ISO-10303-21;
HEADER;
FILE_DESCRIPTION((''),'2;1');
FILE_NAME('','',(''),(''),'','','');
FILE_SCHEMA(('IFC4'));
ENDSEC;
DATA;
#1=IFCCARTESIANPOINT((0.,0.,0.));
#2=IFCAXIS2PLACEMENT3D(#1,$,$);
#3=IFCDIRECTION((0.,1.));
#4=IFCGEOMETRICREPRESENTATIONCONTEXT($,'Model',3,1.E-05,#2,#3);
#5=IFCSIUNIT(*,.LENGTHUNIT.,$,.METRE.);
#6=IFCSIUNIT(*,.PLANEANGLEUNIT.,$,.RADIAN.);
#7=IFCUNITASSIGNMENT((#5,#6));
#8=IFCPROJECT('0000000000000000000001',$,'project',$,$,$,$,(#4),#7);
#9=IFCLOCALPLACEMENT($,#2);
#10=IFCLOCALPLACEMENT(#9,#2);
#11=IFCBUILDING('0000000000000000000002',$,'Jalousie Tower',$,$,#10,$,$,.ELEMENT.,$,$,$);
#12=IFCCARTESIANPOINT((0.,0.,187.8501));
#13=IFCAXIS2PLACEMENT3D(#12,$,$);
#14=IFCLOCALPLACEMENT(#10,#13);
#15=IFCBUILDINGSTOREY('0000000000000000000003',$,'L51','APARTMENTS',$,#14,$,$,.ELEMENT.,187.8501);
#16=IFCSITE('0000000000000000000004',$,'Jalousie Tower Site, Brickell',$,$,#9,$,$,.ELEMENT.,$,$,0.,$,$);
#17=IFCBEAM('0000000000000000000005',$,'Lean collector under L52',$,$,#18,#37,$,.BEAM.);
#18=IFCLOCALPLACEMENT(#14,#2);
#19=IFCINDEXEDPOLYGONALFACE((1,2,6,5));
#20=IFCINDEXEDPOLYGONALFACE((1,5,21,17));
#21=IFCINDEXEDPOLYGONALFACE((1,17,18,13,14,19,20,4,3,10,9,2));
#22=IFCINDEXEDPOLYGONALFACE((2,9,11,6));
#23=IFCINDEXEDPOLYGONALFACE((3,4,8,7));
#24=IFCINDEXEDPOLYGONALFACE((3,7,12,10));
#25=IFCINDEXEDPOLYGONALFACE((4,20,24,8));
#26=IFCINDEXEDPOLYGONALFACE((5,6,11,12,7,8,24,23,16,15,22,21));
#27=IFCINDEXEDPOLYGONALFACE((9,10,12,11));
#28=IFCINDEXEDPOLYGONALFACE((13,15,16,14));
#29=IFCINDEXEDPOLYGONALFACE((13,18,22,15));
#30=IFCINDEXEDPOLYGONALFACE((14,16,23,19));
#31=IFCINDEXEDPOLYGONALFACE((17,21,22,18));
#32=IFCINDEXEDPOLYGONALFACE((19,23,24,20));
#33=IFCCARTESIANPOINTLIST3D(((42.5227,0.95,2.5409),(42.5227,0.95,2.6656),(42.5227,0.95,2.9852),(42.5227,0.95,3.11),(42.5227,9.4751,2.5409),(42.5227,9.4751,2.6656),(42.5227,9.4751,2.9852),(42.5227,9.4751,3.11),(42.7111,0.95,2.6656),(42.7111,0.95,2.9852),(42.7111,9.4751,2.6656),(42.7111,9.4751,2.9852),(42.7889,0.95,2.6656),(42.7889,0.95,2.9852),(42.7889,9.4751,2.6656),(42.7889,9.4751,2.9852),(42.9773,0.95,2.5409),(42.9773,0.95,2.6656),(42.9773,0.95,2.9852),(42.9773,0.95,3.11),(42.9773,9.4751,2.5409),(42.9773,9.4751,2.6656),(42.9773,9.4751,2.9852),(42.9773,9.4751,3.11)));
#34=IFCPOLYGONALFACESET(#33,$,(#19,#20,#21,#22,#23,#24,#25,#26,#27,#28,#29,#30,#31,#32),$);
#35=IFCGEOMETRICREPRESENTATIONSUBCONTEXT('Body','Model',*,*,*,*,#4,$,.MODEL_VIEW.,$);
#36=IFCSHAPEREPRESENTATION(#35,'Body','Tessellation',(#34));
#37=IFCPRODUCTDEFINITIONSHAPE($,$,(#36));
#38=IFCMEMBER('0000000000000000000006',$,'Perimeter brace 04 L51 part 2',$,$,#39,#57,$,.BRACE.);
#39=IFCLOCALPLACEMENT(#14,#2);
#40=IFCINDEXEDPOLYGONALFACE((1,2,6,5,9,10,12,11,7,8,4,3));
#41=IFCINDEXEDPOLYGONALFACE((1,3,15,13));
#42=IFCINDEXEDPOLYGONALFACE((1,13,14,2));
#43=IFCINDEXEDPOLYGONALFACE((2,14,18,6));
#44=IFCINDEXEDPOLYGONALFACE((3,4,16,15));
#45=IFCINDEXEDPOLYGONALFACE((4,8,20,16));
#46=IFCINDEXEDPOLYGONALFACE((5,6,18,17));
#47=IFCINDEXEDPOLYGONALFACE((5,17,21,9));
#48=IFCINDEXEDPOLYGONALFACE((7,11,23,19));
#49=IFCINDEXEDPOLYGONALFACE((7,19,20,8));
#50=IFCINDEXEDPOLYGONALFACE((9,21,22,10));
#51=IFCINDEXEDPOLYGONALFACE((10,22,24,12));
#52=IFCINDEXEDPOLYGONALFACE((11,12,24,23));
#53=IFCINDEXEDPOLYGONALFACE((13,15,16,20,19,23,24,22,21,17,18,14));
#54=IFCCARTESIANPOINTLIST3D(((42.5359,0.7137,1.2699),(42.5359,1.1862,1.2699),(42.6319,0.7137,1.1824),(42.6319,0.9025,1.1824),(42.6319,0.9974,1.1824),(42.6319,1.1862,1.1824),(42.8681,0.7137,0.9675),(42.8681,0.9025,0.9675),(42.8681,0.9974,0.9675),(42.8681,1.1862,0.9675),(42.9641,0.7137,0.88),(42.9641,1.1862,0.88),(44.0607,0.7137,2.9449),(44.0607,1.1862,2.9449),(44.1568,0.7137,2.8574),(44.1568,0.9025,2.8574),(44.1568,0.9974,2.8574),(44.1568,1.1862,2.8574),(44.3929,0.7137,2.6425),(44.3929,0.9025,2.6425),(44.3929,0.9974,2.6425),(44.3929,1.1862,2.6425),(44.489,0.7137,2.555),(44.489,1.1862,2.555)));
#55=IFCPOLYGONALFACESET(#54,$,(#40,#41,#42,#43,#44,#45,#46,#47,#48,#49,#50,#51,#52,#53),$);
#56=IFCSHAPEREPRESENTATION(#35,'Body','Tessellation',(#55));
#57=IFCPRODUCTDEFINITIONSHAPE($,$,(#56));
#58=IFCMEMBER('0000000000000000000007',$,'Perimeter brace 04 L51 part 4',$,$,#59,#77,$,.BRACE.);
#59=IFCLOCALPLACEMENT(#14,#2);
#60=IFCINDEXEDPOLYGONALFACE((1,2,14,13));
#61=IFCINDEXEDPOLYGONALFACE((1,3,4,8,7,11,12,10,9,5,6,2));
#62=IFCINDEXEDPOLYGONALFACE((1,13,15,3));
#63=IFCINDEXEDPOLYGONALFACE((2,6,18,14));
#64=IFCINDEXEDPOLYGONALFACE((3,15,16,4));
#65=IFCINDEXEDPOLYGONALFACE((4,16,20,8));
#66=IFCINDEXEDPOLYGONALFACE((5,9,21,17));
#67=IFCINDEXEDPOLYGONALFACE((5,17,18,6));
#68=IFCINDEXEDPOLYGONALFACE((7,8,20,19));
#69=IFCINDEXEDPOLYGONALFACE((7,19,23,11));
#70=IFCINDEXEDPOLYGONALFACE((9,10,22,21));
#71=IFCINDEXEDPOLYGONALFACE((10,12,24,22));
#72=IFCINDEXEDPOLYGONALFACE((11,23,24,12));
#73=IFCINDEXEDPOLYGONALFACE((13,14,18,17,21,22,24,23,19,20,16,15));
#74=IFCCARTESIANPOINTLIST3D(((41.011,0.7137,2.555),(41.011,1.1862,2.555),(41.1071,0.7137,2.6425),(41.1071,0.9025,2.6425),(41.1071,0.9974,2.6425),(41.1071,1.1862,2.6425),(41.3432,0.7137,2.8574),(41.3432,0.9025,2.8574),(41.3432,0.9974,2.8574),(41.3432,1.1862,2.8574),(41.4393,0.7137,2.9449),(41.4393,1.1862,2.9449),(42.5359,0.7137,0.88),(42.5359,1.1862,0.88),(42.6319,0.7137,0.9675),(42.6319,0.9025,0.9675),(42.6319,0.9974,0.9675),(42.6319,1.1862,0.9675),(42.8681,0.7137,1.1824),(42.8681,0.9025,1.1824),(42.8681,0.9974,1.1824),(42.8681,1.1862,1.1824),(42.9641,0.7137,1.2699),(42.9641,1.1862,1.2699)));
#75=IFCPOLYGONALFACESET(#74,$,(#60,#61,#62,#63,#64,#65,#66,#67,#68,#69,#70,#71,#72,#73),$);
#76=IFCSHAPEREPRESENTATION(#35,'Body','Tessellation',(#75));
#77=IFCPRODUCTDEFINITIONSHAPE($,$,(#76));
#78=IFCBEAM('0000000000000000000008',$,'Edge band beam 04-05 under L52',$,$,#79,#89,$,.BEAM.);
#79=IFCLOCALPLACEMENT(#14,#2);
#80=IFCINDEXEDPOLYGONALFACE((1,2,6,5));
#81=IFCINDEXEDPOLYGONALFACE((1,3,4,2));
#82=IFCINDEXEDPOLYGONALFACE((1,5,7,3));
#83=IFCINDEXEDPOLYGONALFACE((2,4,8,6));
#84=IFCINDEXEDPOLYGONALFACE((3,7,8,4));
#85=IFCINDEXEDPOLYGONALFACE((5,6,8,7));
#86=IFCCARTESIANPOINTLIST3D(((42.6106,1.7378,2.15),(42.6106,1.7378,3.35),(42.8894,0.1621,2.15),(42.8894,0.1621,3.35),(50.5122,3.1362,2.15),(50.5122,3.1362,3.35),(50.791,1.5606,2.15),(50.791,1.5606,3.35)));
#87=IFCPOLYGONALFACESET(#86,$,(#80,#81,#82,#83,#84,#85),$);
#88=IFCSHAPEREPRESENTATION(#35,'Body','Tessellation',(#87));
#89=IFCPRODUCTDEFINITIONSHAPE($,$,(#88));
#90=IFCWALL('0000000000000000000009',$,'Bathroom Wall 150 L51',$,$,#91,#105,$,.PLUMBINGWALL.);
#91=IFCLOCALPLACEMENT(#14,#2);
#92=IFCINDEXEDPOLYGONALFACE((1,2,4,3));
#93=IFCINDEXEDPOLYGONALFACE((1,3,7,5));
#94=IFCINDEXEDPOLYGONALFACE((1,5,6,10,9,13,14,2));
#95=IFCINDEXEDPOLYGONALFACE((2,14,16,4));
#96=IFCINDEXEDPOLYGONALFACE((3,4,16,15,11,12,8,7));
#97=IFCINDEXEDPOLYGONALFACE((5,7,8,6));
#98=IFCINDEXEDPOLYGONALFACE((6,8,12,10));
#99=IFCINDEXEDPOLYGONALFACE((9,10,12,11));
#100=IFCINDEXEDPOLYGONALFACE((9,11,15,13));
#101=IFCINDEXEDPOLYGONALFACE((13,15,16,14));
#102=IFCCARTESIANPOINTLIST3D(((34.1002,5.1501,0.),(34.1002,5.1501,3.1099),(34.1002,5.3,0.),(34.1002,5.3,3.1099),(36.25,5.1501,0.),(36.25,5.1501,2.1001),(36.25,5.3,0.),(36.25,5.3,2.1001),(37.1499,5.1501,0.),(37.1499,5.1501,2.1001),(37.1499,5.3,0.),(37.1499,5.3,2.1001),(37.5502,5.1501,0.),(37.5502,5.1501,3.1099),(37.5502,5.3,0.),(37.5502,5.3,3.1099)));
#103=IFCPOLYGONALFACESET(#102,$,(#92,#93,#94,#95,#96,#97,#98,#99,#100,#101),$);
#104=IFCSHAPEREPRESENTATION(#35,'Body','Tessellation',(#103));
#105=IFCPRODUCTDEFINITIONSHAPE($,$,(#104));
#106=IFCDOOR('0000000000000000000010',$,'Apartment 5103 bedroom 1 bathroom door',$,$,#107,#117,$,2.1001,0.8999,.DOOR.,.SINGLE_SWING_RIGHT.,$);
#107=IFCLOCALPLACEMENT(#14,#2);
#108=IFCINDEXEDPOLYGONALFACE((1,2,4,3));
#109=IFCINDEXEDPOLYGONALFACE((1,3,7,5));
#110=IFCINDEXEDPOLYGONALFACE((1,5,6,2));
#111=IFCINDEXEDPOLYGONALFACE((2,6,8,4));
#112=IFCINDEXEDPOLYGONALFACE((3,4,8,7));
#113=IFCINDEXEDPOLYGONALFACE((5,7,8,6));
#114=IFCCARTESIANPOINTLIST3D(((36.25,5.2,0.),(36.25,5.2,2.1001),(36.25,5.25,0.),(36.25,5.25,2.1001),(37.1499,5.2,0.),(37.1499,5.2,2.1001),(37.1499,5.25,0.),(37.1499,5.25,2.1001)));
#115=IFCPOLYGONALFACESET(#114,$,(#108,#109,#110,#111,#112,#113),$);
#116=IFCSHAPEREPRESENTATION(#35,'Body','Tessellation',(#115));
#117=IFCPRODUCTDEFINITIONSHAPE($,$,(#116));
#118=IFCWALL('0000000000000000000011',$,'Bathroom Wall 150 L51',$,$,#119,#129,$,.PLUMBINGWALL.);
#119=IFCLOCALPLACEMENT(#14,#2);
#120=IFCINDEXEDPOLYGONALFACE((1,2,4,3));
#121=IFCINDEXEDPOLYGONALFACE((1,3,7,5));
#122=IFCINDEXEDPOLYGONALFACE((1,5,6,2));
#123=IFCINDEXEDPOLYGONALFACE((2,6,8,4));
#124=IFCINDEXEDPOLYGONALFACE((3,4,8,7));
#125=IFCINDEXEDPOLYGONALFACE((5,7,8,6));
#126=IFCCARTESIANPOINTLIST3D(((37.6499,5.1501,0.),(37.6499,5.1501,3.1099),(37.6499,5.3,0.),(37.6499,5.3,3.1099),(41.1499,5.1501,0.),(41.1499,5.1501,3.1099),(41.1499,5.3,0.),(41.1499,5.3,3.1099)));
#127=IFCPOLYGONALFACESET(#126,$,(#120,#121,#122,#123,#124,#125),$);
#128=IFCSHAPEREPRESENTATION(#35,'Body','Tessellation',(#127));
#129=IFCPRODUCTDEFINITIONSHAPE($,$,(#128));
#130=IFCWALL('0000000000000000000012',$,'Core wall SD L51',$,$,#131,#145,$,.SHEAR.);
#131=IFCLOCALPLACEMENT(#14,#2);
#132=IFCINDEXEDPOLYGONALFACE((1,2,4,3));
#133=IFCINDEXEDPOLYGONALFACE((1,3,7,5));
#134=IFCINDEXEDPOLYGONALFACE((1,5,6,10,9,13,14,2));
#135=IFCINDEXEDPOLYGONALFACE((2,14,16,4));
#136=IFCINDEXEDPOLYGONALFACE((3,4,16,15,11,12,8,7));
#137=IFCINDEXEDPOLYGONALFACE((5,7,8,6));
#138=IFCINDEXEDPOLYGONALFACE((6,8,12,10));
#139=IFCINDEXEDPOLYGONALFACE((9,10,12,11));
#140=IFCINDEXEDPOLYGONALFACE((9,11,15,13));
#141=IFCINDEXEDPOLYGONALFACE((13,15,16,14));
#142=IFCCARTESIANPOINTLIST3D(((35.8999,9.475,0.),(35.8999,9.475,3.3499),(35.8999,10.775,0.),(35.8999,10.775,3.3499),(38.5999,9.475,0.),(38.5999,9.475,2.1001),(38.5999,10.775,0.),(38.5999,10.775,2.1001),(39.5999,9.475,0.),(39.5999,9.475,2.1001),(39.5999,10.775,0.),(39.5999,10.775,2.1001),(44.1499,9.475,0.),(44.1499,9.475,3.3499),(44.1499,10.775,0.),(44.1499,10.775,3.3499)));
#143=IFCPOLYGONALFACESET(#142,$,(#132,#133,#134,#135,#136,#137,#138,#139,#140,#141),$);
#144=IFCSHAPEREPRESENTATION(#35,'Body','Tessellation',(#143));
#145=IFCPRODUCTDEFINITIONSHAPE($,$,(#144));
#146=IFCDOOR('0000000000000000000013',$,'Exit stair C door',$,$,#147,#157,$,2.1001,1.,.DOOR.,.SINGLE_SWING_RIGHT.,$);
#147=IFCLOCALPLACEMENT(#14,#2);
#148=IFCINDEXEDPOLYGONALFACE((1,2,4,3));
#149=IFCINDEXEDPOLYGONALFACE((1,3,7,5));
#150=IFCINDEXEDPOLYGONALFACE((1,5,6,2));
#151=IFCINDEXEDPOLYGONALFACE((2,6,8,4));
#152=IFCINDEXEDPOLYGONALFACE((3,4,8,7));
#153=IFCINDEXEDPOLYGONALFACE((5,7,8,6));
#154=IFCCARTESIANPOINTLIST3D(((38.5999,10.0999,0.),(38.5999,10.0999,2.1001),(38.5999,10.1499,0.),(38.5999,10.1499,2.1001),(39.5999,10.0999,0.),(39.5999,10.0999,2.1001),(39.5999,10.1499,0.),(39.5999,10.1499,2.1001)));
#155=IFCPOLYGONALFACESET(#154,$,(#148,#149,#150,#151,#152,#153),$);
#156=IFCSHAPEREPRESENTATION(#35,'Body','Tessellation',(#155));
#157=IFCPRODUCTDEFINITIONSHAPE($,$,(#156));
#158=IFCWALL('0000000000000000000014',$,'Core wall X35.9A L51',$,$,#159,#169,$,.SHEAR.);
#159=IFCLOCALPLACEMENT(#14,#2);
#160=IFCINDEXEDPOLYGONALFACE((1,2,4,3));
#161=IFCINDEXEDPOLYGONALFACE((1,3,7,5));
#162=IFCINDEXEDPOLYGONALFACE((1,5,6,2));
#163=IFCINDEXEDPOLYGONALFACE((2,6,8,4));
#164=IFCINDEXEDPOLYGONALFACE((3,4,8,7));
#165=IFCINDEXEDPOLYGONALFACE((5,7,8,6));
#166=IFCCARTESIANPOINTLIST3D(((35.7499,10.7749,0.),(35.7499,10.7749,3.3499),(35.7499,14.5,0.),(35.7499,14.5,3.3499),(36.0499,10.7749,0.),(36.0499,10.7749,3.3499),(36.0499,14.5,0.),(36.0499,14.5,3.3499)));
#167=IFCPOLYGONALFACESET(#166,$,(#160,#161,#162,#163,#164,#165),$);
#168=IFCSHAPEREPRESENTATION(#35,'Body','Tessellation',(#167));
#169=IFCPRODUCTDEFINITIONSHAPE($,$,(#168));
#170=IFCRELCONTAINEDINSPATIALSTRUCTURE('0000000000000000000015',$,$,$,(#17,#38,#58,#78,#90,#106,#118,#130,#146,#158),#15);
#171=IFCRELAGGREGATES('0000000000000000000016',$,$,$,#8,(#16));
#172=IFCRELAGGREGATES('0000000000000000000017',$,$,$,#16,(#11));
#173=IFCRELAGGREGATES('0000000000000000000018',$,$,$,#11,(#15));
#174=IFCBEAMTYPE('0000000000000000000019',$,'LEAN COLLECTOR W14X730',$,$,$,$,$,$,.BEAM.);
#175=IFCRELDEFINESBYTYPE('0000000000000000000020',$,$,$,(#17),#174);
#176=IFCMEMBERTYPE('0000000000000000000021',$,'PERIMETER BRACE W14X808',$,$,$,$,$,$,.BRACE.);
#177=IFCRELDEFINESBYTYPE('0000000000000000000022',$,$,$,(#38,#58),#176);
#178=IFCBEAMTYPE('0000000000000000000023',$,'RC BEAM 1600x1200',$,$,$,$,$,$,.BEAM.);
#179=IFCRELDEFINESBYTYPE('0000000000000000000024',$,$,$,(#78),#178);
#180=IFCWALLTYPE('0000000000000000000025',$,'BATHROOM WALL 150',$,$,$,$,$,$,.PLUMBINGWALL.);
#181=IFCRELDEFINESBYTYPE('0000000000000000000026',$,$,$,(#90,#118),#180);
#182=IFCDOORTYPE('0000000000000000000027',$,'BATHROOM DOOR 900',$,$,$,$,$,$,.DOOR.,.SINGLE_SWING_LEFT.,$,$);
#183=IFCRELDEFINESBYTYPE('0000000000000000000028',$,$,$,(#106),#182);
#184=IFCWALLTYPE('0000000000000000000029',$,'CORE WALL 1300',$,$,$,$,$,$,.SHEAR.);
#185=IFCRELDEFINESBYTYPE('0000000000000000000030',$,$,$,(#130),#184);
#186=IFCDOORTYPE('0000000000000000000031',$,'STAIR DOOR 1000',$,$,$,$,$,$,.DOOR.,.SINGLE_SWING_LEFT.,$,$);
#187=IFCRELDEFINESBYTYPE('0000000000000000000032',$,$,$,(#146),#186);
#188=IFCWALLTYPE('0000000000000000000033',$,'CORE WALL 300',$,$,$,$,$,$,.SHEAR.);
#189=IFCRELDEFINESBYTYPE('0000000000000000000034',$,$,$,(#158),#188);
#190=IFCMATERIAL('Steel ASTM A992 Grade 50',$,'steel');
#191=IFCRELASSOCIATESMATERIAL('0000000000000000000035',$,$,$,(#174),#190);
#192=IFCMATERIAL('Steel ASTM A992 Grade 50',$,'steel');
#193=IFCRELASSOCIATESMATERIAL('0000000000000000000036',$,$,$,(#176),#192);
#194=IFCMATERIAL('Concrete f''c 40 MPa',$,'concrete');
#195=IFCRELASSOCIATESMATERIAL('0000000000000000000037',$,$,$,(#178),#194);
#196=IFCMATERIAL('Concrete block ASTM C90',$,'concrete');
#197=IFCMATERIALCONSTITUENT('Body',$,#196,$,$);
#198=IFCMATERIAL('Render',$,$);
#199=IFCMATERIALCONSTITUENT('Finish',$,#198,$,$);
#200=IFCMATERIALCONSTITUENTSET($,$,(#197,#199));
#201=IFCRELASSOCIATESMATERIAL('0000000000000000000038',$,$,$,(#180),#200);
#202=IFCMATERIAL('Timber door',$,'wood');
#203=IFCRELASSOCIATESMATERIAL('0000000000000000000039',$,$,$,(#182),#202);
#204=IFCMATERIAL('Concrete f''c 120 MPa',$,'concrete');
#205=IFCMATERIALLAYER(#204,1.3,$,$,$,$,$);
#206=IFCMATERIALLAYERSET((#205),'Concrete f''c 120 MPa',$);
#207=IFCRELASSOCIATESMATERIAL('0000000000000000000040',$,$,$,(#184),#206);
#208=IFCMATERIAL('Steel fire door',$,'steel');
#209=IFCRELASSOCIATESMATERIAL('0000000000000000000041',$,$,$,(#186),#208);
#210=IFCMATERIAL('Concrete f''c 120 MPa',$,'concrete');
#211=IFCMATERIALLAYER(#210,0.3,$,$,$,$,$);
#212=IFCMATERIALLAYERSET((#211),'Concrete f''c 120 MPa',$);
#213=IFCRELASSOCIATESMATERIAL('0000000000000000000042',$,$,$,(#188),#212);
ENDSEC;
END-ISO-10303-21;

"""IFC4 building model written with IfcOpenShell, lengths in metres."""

from ifc_helpers import new_model, si_unit, direction, frame, frame_2d, origin, origin_2d, place, context, subcontext, project, spatial, rectangle, i_section, extrude, material, layer, layer_set, constituent, constituent_set, material_profile, profile_set, type_object, element, fill, save


model = new_model("IFC4")

# Units and contexts
model_context = context("Model", 3, precision=1e-05, world=origin(), true_north=direction((0.0, 1.0)))
body_context = subcontext(model_context, "Body", "Model", "MODEL_VIEW")
ifc_project = project(units=[si_unit("LENGTHUNIT", "METRE"), si_unit("PLANEANGLEUNIT", "RADIAN")], contexts=[model_context])

# Site, building, storey
site_placement = place(None, origin())
site = spatial("IfcSite", under=ifc_project, at=site_placement, Name="Jalousie Tower Site, Brickell", CompositionType="ELEMENT", RefElevation=0.0)
building_placement = place(site_placement, origin())
building = spatial("IfcBuilding", under=site, at=building_placement, Name="Jalousie Tower", CompositionType="ELEMENT")
storey_placement = place(building_placement, frame((0.0, 0.0, 187.8501)))
storey = spatial("IfcBuildingStorey", under=building, at=storey_placement, Name="L51", Description="APARTMENTS", CompositionType="ELEMENT", Elevation=187.8501)

# Beam
ifc_material_1 = material(Name="Steel ASTM A992 Grade 50", Category="steel")
ifc_material_profile_1 = material_profile(ifc_material_1, i_section(OverallWidth=0.4546, OverallDepth=0.5691, WebThickness=0.0779, FlangeThickness=0.1248, at=origin_2d()), Name="W14X730")
ifc_profile_set_1 = profile_set([ifc_material_profile_1], Name="Steel ASTM A992 Grade 50")
beam_type_1 = type_object("IfcBeamType", Name="LEAN COLLECTOR W14X730", PredefinedType="BEAM", material=ifc_profile_set_1)
beam_1_placement = place(storey_placement, frame((42.75, 0.95, 2.8254), z_axis=(0.0, 1.0, 0.0), x_axis=(-1.0, 0.0, 0.0)))
element("IfcBeam", 1, at=beam_1_placement, inside=storey, type_object=beam_type_1, Name="Lean collector under L52", PredefinedType="BEAM", context=body_context, shape_type="SweptSolid", body=[
    extrude(i_section(OverallWidth=0.4546, OverallDepth=0.5691, WebThickness=0.0779, FlangeThickness=0.1248, at=origin_2d()), origin(), (0.0, 0.0, 1.0), 8.5251),
])

# Members
ifc_material_2 = material(Name="Steel ASTM A992 Grade 50", Category="steel")
ifc_material_profile_2 = material_profile(ifc_material_2, i_section(OverallWidth=0.4724, OverallDepth=0.5791, WebThickness=0.095, FlangeThickness=0.1299, at=origin_2d()), Name="W14X808")
ifc_profile_set_2 = profile_set([ifc_material_profile_2], Name="Steel ASTM A992 Grade 50")
member_type = type_object("IfcMemberType", Name="PERIMETER BRACE W14X808", PredefinedType="BRACE", material=ifc_profile_set_2)
for number, where, z_axis, x_axis, name in (
    (2, (42.75, 0.95, 1.075), (0.673188, 0.0, 0.739472), (0.0, 1.0, 0.0), "Perimeter brace 04 L51 part 2"),
    (3, (42.75, 0.95, 1.075), (-0.673188, 0.0, 0.739472), (0.0, -1.0, 0.0), "Perimeter brace 04 L51 part 4"),
):
    element("IfcMember", number, at=place(storey_placement, frame(where, z_axis=z_axis, x_axis=x_axis)), inside=storey, type_object=member_type, Name=name, PredefinedType="BRACE", context=body_context, shape_type="SweptSolid", body=[
        extrude(i_section(OverallWidth=0.4724, OverallDepth=0.5791, WebThickness=0.095, FlangeThickness=0.1299, at=origin_2d()), origin(), (0.0, 0.0, 1.0), 2.2651),
    ])

# Beam
ifc_material_3 = material(Name="Concrete f'c 40 MPa", Category="concrete")
ifc_material_profile_3 = material_profile(ifc_material_3, rectangle(XDim=1.6001, YDim=1.2, at=origin_2d()), Name="RC 1600x1200")
ifc_profile_set_3 = profile_set([ifc_material_profile_3], Name="Concrete f'c 40 MPa")
beam_type_2 = type_object("IfcBeamType", Name="RC BEAM 1600x1200", PredefinedType="BEAM", material=ifc_profile_set_3)
beam_2_placement = place(storey_placement, frame((42.75, 0.95, 2.75), z_axis=(0.984697, 0.174273, 0.0), x_axis=(-0.174273, 0.984697, 0.0)))
element("IfcBeam", 4, at=beam_2_placement, inside=storey, type_object=beam_type_2, Name="Edge band beam 04-05 under L52", PredefinedType="BEAM", context=body_context, shape_type="SweptSolid", body=[
    extrude(rectangle(XDim=1.6001, YDim=1.2, at=origin_2d()), origin(), (0.0, 0.0, 1.0), 8.0244),
])

# Wall, opening, door
ifc_material_4 = material(Name="Concrete block ASTM C90", Category="concrete")
ifc_constituent_1 = constituent(ifc_material_4, Name="Body")
ifc_material_5 = material(Name="Render")
ifc_constituent_2 = constituent(ifc_material_5, Name="Finish")
ifc_constituent_set_1 = constituent_set(constituents=[ifc_constituent_1, ifc_constituent_2])
wall_type_1 = type_object("IfcWallType", Name="BATHROOM WALL 150", PredefinedType="PLUMBINGWALL", material=ifc_constituent_set_1)
wall_1_placement = place(storey_placement, frame((34.1001, 5.2251, 0.0), z_axis=(0.0, 0.0, 1.0), x_axis=(1.0, 0.0, 0.0)))
wall_1 = element("IfcWall", 5, at=wall_1_placement, inside=storey, type_object=wall_type_1, Name="Bathroom Wall 150 L51", PredefinedType="PLUMBINGWALL", context=body_context, shape_type="SweptSolid", body=[
    extrude(rectangle(XDim=3.45, YDim=0.1499, at=frame_2d((1.7251, 0.0))), origin(), (0.0, 0.0, 1.0), 3.1099),
])
opening_1_placement = place(wall_1_placement, frame((2.1499, 0.0, 0.0)))
opening_1 = element("IfcOpeningElement", 6, at=opening_1_placement, cuts=wall_1, PredefinedType="OPENING", context=body_context, shape_type="SweptSolid", body=[
    extrude(rectangle(XDim=0.8999, YDim=2.1001, at=frame_2d((0.45, 1.05))), frame((0.0, 0.085, 0.0), z_axis=(0.0, -1.0, 0.0), x_axis=(1.0, 0.0, 0.0)), (0.0, 0.0, 1.0), 0.1699),
])
ifc_material_6 = material(Name="Timber door", Category="wood")
door_type_1 = type_object("IfcDoorType", Name="BATHROOM DOOR 900", OperationType="SINGLE_SWING_LEFT", PredefinedType="DOOR", material=ifc_material_6)
door_1_placement = place(opening_1_placement, origin())
door_1 = element("IfcDoor", 7, at=door_1_placement, inside=storey, type_object=door_type_1, Name="Apartment 5103 bedroom 1 bathroom door", OperationType="SINGLE_SWING_RIGHT", OverallHeight=2.1001, OverallWidth=0.8999, PredefinedType="DOOR", context=body_context, shape_type="SweptSolid", body=[
    extrude(rectangle(XDim=0.8999, YDim=2.1001, at=frame_2d((0.45, 1.05))), frame((0.0, 0.0249, 0.0), z_axis=(0.0, -1.0, 0.0), x_axis=(1.0, 0.0, 0.0)), (0.0, 0.0, 1.0), 0.05),
])
fill(opening_1, door_1)

# Wall
wall_2_placement = place(storey_placement, frame((37.6499, 5.2251, 0.0), z_axis=(0.0, 0.0, 1.0), x_axis=(1.0, 0.0, 0.0)))
element("IfcWall", 8, at=wall_2_placement, inside=storey, type_object=wall_type_1, Name="Bathroom Wall 150 L51", PredefinedType="PLUMBINGWALL", context=body_context, shape_type="SweptSolid", body=[
    extrude(rectangle(XDim=3.5, YDim=0.1499, at=frame_2d((1.75, 0.0))), origin(), (0.0, 0.0, 1.0), 3.1099),
])

# Wall, opening, door
ifc_material_7 = material(Name="Concrete f'c 120 MPa", Category="concrete")
ifc_layer_1 = layer(ifc_material_7, 1.3)
ifc_layer_set_1 = layer_set([ifc_layer_1], Name="Concrete f'c 120 MPa")
wall_type_2 = type_object("IfcWallType", Name="CORE WALL 1300", PredefinedType="SHEAR", material=ifc_layer_set_1)
wall_3_placement = place(storey_placement, frame((35.8999, 10.125, 0.0), z_axis=(0.0, 0.0, 1.0), x_axis=(1.0, 0.0, 0.0)))
wall_3 = element("IfcWall", 9, at=wall_3_placement, inside=storey, type_object=wall_type_2, Name="Core wall SD L51", PredefinedType="SHEAR", context=body_context, shape_type="SweptSolid", body=[
    extrude(rectangle(XDim=8.25, YDim=1.3, at=frame_2d((4.125, 0.0))), origin(), (0.0, 0.0, 1.0), 3.3499),
])
opening_2_placement = place(wall_3_placement, frame((2.7, 0.0, 0.0)))
opening_2 = element("IfcOpeningElement", 10, at=opening_2_placement, cuts=wall_3, PredefinedType="OPENING", context=body_context, shape_type="SweptSolid", body=[
    extrude(rectangle(XDim=1.0, YDim=2.1001, at=frame_2d((0.5, 1.05))), frame((0.0, 0.6599, 0.0), z_axis=(0.0, -1.0, 0.0), x_axis=(1.0, 0.0, 0.0)), (0.0, 0.0, 1.0), 1.3201),
])
ifc_material_8 = material(Name="Steel fire door", Category="steel")
door_type_2 = type_object("IfcDoorType", Name="STAIR DOOR 1000", OperationType="SINGLE_SWING_LEFT", PredefinedType="DOOR", material=ifc_material_8)
door_2_placement = place(opening_2_placement, origin())
door_2 = element("IfcDoor", 11, at=door_2_placement, inside=storey, type_object=door_type_2, Name="Exit stair C door", OperationType="SINGLE_SWING_RIGHT", OverallHeight=2.1001, OverallWidth=1.0, PredefinedType="DOOR", context=body_context, shape_type="SweptSolid", body=[
    extrude(rectangle(XDim=1.0, YDim=2.1001, at=frame_2d((0.5, 1.05))), frame((0.0, 0.0249, 0.0), z_axis=(0.0, -1.0, 0.0), x_axis=(1.0, 0.0, 0.0)), (0.0, 0.0, 1.0), 0.05),
])
fill(opening_2, door_2)

# Wall
ifc_material_9 = material(Name="Concrete f'c 120 MPa", Category="concrete")
ifc_layer_2 = layer(ifc_material_9, 0.3)
ifc_layer_set_2 = layer_set([ifc_layer_2], Name="Concrete f'c 120 MPa")
wall_type_3 = type_object("IfcWallType", Name="CORE WALL 300", PredefinedType="SHEAR", material=ifc_layer_set_2)
wall_4_placement = place(storey_placement, frame((35.8999, 10.7749, 0.0), z_axis=(0.0, 0.0, 1.0), x_axis=(0.0, 1.0, 0.0)))
element("IfcWall", 12, at=wall_4_placement, inside=storey, type_object=wall_type_3, Name="Core wall X35.9A L51", PredefinedType="SHEAR", context=body_context, shape_type="SweptSolid", body=[
    extrude(rectangle(XDim=3.7251, YDim=0.3, at=frame_2d((1.8625, 0.0))), origin(), (0.0, 0.0, 1.0), 3.3499),
])

save(model, "model.ifc")
